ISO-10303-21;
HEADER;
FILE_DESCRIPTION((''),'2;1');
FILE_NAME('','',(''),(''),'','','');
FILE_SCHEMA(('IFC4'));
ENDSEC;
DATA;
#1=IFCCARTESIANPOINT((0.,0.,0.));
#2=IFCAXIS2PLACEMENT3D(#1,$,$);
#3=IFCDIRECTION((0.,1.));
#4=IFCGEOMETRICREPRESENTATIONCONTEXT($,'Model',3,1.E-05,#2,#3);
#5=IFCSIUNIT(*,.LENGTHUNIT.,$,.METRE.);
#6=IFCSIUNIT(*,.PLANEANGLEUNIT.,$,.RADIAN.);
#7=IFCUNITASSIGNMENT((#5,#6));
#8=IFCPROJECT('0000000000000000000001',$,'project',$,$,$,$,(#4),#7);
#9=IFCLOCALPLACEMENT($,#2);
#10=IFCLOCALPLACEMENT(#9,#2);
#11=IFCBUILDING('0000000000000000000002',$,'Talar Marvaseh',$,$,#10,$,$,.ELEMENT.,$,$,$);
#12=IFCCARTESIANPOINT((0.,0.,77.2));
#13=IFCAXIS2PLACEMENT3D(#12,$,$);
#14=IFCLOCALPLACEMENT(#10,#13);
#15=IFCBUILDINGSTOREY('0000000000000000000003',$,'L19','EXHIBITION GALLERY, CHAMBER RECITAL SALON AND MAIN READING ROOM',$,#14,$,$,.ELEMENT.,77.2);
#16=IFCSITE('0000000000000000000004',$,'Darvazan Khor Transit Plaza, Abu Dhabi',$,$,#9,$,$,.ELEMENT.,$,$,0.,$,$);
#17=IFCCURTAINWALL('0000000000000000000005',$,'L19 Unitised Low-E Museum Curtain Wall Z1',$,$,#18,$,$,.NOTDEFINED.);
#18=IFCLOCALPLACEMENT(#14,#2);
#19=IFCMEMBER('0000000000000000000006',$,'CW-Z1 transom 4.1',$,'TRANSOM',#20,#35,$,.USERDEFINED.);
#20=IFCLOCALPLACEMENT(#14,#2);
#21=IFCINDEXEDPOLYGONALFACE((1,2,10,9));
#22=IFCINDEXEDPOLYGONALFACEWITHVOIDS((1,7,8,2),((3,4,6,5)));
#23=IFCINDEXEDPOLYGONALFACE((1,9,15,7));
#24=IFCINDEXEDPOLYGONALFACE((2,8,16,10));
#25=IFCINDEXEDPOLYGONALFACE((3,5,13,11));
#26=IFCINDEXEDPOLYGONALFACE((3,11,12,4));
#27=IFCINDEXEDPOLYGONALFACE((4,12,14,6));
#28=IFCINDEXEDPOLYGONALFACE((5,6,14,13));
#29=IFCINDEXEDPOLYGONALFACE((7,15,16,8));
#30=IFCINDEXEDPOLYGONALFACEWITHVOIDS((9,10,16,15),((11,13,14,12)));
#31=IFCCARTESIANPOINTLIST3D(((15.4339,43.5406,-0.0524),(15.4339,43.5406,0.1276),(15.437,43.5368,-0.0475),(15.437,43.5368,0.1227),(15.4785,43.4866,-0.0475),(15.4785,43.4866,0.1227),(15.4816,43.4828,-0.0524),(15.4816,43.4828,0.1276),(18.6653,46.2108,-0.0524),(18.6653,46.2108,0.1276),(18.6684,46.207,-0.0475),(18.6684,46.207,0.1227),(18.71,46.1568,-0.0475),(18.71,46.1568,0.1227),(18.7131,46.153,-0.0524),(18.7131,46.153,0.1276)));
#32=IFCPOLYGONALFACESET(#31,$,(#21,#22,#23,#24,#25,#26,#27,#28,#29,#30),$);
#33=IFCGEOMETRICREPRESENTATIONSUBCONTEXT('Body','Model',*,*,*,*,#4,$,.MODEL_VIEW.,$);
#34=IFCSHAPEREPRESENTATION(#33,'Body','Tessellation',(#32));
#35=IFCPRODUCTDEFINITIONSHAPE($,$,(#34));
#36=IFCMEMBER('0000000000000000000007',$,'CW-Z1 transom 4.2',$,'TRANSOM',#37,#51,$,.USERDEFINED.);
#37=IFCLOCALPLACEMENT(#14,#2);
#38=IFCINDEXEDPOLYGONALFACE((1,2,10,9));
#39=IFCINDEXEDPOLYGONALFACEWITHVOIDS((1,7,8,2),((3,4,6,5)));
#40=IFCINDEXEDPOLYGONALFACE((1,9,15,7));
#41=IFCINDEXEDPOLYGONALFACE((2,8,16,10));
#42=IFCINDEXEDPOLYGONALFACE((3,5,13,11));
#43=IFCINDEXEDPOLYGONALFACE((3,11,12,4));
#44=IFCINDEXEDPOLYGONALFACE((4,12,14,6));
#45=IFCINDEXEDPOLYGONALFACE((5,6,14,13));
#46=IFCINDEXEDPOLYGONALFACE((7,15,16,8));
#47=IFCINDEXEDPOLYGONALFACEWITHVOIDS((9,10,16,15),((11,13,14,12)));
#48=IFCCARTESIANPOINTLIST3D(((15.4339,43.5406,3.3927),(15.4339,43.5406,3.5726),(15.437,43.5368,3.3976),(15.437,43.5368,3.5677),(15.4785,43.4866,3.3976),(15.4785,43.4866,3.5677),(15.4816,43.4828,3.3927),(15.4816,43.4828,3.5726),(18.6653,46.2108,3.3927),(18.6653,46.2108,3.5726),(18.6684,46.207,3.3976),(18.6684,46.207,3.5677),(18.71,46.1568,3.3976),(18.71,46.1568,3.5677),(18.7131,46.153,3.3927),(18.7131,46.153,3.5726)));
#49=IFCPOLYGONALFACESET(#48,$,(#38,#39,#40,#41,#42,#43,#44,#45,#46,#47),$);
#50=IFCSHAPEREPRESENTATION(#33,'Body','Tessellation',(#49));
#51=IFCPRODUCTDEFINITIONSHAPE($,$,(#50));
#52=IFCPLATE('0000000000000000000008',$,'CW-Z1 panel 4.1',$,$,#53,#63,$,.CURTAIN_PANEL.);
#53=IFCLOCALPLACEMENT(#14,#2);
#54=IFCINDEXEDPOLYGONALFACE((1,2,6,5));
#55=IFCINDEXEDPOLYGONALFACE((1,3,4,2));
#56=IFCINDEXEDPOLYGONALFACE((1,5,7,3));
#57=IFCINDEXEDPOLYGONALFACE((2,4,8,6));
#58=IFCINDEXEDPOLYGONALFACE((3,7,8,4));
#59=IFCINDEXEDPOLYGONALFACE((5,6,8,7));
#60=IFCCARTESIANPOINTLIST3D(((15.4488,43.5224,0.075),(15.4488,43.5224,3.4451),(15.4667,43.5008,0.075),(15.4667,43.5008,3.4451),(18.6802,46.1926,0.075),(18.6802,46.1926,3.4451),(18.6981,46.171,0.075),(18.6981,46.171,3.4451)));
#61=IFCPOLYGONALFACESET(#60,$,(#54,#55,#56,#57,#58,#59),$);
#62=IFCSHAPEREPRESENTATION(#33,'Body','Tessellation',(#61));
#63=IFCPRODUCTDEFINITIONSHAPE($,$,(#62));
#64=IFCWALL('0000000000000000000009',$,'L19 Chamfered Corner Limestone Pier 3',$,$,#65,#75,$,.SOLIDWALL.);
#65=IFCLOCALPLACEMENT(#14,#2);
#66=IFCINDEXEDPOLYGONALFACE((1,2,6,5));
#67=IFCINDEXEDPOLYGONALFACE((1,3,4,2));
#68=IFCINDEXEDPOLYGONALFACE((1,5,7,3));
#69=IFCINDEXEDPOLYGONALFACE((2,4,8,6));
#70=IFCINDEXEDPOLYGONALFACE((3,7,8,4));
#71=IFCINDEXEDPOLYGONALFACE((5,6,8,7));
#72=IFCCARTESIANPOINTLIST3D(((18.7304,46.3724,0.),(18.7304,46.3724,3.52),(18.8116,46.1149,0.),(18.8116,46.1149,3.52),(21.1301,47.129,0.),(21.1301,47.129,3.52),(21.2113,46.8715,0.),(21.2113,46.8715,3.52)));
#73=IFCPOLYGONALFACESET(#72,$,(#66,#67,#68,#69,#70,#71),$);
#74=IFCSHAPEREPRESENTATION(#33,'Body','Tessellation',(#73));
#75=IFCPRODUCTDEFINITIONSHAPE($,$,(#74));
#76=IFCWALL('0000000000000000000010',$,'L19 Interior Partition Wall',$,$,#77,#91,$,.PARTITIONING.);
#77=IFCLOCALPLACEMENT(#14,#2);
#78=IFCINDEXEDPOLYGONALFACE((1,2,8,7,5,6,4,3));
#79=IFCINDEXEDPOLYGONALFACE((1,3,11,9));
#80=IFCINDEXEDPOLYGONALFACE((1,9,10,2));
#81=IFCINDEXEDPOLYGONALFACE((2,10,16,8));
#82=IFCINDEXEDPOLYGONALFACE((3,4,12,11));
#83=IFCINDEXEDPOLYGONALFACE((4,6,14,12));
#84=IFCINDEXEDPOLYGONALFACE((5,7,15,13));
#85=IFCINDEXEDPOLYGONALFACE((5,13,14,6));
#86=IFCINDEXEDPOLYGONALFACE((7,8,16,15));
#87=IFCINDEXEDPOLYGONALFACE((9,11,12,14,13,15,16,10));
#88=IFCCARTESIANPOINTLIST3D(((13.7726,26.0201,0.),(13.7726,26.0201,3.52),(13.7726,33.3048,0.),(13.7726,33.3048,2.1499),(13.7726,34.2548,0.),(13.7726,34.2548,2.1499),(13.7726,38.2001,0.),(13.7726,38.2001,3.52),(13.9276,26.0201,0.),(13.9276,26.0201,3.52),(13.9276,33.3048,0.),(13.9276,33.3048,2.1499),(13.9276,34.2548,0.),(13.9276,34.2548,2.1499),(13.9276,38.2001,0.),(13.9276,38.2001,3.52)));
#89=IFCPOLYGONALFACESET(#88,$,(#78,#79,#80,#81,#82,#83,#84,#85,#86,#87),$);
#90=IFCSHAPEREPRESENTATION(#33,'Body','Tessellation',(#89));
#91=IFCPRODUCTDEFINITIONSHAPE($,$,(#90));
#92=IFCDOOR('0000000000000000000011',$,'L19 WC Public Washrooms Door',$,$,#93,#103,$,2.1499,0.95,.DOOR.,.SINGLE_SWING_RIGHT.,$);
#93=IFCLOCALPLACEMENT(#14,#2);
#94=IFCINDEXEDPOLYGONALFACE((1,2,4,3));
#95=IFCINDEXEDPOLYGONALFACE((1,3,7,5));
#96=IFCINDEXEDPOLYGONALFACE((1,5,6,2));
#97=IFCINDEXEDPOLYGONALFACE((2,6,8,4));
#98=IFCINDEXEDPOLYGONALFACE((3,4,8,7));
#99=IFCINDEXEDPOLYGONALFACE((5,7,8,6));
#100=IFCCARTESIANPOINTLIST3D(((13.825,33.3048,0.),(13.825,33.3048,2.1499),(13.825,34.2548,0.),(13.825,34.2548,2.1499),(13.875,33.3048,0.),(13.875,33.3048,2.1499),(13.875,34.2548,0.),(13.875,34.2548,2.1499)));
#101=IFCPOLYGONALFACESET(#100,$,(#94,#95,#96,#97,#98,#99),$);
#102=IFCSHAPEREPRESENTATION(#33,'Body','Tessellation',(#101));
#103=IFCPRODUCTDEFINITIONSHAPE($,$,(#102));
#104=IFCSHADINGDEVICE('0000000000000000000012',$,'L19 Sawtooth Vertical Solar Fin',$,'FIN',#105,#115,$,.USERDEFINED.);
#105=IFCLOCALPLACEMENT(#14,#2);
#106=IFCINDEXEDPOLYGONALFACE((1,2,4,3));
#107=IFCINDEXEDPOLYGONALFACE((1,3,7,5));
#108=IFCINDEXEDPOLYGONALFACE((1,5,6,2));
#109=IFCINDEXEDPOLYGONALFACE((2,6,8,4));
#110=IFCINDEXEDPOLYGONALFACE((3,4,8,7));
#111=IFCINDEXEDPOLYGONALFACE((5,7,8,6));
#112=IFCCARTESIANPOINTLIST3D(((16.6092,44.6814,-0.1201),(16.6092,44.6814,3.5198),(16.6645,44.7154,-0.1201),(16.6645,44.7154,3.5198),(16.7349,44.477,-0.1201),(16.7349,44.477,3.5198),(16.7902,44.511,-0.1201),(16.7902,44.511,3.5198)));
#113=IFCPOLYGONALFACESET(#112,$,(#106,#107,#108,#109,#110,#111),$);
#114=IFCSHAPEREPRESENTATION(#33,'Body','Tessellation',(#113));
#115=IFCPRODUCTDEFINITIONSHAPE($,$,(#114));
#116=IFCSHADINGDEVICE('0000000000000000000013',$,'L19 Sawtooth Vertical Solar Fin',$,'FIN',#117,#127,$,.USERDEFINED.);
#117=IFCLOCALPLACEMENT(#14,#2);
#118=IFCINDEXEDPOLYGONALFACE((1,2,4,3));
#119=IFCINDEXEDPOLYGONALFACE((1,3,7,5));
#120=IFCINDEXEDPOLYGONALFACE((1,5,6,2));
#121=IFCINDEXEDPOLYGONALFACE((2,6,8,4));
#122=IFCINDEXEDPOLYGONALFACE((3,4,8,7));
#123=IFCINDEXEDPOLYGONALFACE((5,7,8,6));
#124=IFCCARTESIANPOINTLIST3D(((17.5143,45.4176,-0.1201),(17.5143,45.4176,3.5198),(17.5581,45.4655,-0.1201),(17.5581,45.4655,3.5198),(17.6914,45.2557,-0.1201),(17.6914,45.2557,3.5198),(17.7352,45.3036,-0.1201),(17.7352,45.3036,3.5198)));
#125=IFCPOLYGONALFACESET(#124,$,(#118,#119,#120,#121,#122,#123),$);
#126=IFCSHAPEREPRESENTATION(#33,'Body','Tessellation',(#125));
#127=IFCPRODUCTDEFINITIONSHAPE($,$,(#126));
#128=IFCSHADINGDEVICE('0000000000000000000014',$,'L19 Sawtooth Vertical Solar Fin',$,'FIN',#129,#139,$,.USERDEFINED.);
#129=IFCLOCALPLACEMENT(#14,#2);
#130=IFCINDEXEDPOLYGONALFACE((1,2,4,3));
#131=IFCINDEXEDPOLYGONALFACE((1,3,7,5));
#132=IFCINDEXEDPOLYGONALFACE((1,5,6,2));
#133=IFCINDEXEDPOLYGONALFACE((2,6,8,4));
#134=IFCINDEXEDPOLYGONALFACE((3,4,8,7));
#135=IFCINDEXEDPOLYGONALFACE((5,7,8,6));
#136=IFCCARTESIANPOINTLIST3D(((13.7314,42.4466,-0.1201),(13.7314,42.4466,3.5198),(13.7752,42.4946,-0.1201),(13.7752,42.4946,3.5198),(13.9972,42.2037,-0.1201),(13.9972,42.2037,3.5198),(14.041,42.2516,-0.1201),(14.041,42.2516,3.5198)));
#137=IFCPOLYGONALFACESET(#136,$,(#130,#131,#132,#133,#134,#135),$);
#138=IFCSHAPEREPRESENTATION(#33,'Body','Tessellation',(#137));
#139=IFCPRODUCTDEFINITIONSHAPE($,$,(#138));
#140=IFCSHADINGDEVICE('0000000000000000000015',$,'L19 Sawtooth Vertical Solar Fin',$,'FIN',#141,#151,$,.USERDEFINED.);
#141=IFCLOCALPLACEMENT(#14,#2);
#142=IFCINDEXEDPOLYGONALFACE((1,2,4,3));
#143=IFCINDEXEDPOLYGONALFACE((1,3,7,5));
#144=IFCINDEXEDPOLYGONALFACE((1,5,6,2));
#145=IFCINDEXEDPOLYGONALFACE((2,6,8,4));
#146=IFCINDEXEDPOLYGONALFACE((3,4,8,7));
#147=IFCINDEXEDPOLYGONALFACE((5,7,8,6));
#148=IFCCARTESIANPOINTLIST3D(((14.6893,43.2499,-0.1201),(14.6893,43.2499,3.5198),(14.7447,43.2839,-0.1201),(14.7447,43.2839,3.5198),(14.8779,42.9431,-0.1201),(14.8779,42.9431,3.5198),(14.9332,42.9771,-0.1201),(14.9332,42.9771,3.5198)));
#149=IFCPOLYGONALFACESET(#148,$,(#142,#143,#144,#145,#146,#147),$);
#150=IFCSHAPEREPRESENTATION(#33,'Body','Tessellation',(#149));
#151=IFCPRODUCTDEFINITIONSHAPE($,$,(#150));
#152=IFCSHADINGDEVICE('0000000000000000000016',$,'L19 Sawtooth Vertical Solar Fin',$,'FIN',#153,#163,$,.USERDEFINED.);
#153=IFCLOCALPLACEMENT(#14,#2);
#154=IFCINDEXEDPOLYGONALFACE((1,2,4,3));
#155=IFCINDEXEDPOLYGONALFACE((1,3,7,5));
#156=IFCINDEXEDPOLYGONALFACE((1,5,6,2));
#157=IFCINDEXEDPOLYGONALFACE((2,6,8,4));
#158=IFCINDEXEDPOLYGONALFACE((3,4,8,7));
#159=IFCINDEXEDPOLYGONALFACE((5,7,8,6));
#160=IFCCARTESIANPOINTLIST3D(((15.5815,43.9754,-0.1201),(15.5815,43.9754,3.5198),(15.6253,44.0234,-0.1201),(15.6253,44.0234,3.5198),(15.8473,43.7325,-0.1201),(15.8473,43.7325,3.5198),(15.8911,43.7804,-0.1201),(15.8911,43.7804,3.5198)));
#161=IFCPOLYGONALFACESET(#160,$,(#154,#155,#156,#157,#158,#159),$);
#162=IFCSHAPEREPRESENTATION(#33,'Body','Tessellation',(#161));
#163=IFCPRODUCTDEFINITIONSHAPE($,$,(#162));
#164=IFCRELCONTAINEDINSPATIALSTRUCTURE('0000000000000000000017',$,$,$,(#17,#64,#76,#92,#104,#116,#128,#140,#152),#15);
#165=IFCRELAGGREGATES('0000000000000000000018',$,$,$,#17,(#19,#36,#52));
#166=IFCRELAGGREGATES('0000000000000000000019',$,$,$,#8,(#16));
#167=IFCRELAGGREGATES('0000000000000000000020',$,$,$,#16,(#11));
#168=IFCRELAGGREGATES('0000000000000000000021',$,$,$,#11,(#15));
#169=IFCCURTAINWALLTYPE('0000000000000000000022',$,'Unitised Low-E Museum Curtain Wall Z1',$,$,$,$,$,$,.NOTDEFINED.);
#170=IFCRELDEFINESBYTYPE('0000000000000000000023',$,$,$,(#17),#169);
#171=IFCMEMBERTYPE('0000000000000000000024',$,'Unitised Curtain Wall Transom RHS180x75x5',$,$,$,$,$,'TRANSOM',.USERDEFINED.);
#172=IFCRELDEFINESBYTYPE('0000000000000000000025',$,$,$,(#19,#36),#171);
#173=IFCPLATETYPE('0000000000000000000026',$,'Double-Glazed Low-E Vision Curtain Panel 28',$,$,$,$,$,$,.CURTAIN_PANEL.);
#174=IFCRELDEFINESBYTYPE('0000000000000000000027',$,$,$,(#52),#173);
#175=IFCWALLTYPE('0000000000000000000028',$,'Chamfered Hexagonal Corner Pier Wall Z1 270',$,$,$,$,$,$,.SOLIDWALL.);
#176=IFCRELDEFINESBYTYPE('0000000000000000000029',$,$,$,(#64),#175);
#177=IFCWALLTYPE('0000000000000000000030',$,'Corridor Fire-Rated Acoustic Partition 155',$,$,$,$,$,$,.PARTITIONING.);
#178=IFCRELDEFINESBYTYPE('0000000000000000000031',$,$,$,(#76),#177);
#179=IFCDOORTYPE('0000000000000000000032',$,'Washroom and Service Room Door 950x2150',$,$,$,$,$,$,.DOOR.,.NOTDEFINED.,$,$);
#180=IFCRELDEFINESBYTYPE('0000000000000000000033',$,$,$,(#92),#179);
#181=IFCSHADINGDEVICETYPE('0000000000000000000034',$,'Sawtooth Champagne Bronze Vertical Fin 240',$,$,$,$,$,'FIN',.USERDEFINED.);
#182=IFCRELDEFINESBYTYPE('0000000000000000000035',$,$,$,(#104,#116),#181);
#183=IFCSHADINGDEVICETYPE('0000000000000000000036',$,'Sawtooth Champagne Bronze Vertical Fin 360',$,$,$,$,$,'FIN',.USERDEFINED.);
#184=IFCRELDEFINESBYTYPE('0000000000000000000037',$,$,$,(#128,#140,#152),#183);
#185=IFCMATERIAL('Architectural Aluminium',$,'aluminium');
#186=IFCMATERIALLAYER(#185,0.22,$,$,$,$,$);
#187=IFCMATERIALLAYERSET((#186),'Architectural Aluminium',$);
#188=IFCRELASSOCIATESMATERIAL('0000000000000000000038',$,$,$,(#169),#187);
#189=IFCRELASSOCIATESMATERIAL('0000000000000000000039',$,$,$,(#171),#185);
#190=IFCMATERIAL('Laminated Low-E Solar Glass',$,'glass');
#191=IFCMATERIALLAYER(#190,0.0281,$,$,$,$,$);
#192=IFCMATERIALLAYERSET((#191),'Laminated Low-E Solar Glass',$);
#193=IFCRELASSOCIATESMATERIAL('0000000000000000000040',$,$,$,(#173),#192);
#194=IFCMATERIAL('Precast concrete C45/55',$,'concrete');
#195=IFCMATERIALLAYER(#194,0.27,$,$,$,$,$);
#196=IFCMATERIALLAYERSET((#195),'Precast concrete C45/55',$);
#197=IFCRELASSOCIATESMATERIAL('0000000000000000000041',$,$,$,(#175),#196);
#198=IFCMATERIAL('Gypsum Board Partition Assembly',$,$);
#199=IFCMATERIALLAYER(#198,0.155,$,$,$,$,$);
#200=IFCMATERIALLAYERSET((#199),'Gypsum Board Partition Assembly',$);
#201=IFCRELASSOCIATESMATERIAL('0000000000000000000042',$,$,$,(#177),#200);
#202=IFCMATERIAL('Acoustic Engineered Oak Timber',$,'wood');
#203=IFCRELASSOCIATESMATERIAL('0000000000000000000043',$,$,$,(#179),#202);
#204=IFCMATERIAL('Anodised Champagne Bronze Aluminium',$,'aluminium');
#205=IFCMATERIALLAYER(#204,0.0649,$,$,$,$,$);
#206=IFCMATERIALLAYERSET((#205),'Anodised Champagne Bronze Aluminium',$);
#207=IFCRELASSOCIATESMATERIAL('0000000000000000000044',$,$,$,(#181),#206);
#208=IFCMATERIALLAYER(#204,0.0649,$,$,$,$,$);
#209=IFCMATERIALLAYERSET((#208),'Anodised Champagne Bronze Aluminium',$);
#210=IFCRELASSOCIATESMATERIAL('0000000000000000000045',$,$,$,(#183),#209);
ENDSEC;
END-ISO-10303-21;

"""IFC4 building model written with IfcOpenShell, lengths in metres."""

from ifc_helpers import new_model, si_unit, direction, frame, frame_2d, origin, origin_2d, place, context, subcontext, project, spatial, rectangle, hollow_rectangle, extrude, source, transform, mapped, material, layer, layer_set, material_profile, profile_set, type_object, type_shapes, element, fill, aggregate, save


model = new_model("IFC4")

# Units and contexts
model_context = context("Model", 3, precision=1e-05, world=origin(), true_north=direction((0.0, 1.0)))
body_context = subcontext(model_context, "Body", "Model", "MODEL_VIEW")
ifc_project = project(units=[si_unit("LENGTHUNIT", "METRE"), si_unit("PLANEANGLEUNIT", "RADIAN")], contexts=[model_context])

# Site, building, storey
site_placement = place(None, origin())
site = spatial("IfcSite", under=ifc_project, at=site_placement, Name="Darvazan Khor Transit Plaza, Abu Dhabi", CompositionType="ELEMENT", RefElevation=0.0)
building_placement = place(site_placement, origin())
building = spatial("IfcBuilding", under=site, at=building_placement, Name="Talar Marvaseh", CompositionType="ELEMENT")
storey_placement = place(building_placement, frame((0.0, 0.0, 77.2)))
storey = spatial("IfcBuildingStorey", under=building, at=storey_placement, Name="L19", Description="EXHIBITION GALLERY, CHAMBER RECITAL SALON AND MAIN READING ROOM", CompositionType="ELEMENT", Elevation=77.2)

# Curtain wall, members, plate
ifc_material_1 = material(Name="Architectural Aluminium", Category="aluminium")
ifc_layer_1 = layer(ifc_material_1, 0.22)
ifc_layer_set_1 = layer_set([ifc_layer_1], Name="Architectural Aluminium")
curtain_wall_type = type_object("IfcCurtainWallType", Name="Unitised Low-E Museum Curtain Wall Z1", PredefinedType="NOTDEFINED", material=ifc_layer_set_1)
curtain_wall_placement = place(storey_placement, origin())
curtain_wall = element("IfcCurtainWall", 1, at=curtain_wall_placement, inside=storey, type_object=curtain_wall_type, Name="L19 Unitised Low-E Museum Curtain Wall Z1", PredefinedType="NOTDEFINED")
ifc_material_profile_1 = material_profile(ifc_material_1, hollow_rectangle(XDim=0.075, YDim=0.1799, WallThickness=0.0049, at=origin_2d()), Name="RHS180x75x5")
ifc_profile_set_1 = profile_set([ifc_material_profile_1], Name="Architectural Aluminium")
member_type_1 = type_object("IfcMemberType", Name="Unitised Curtain Wall Transom RHS180x75x5", ElementType="TRANSOM", PredefinedType="USERDEFINED", material=ifc_profile_set_1)
shared_shape_1 = source(origin(), body_context, "Body", "SweptSolid", [
    extrude(hollow_rectangle(XDim=0.075, YDim=0.1799, WallThickness=0.0049, at=origin_2d()), origin(), (0.0, 0.0, 1.0), 4.1919),
])
type_shapes(member_type_1, [shared_shape_1])
member_1_placement = place(storey_placement, frame((15.4578, 43.5117, 0.0376), z_axis=(0.770878, 0.636982, 0.0), x_axis=(-0.636982, 0.770878, 0.0)))
member_1 = element("IfcMember", 2, at=member_1_placement, type_object=member_type_1, Name="CW-Z1 transom 4.1", ObjectType="TRANSOM", PredefinedType="USERDEFINED", context=body_context, shape_type="MappedRepresentation", body=[
    mapped(shared_shape_1, transform((0.0, 0.0, 0.0), x_axis=(1.0, 0.0, 0.0), y_axis=(0.0, 1.0, 0.0), z_axis=(0.0, 0.0, 1.0), scale=1.0)),
])
member_2_placement = place(storey_placement, frame((15.4578, 43.5117, 3.4827), z_axis=(0.770878, 0.636982, 0.0), x_axis=(-0.636982, 0.770878, 0.0)))
member_2 = element("IfcMember", 3, at=member_2_placement, type_object=member_type_1, Name="CW-Z1 transom 4.2", ObjectType="TRANSOM", PredefinedType="USERDEFINED", context=body_context, shape_type="MappedRepresentation", body=[
    mapped(shared_shape_1, transform((0.0, 0.0, 0.0), x_axis=(1.0, 0.0, 0.0), y_axis=(0.0, 1.0, 0.0), z_axis=(0.0, 0.0, 1.0), scale=1.0)),
])
ifc_material_2 = material(Name="Laminated Low-E Solar Glass", Category="glass")
ifc_layer_2 = layer(ifc_material_2, 0.0281)
ifc_layer_set_2 = layer_set([ifc_layer_2], Name="Laminated Low-E Solar Glass")
plate_type = type_object("IfcPlateType", Name="Double-Glazed Low-E Vision Curtain Panel 28", PredefinedType="CURTAIN_PANEL", material=ifc_layer_set_2)
shared_shape_2 = source(origin(), body_context, "Body", "SweptSolid", [
    extrude(rectangle(XDim=4.1919, YDim=0.0281, at=origin_2d()), origin(), (0.0, 0.0, 1.0), 3.3701),
])
type_shapes(plate_type, [shared_shape_2])
plate_placement = place(storey_placement, frame((17.0735, 44.8467, 0.075), z_axis=(0.0, 0.0, 1.0), x_axis=(0.770868, 0.636994, 0.0)))
plate = element("IfcPlate", 4, at=plate_placement, type_object=plate_type, Name="CW-Z1 panel 4.1", PredefinedType="CURTAIN_PANEL", context=body_context, shape_type="MappedRepresentation", body=[
    mapped(shared_shape_2, transform((0.0, 0.0, 0.0), x_axis=(1.0, 0.0, 0.0), y_axis=(0.0, 1.0, 0.0), z_axis=(0.0, 0.0, 1.0), scale=1.0)),
])
aggregate(curtain_wall, [member_1, member_2, plate])

# Wall
ifc_material_3 = material(Name="Precast concrete C45/55", Category="concrete")
ifc_layer_3 = layer(ifc_material_3, 0.27)
ifc_layer_set_3 = layer_set([ifc_layer_3], Name="Precast concrete C45/55")
wall_type_1 = type_object("IfcWallType", Name="Chamfered Hexagonal Corner Pier Wall Z1 270", PredefinedType="SOLIDWALL", material=ifc_layer_set_3)
wall_1_placement = place(storey_placement, frame((18.771, 46.2437, 0.0), z_axis=(0.0, 0.0, 1.0), x_axis=(0.953719, 0.300699, 0.0)))
element("IfcWall", 5, at=wall_1_placement, inside=storey, type_object=wall_type_1, Name="L19 Chamfered Corner Limestone Pier 3", PredefinedType="SOLIDWALL", context=body_context, shape_type="SweptSolid", body=[
    extrude(rectangle(XDim=2.5161, YDim=0.27, at=frame_2d((1.2581, 0.0))), origin(), (0.0, 0.0, 1.0), 3.52),
])

# Wall, opening, door
ifc_material_4 = material(Name="Gypsum Board Partition Assembly")
ifc_layer_4 = layer(ifc_material_4, 0.155)
ifc_layer_set_4 = layer_set([ifc_layer_4], Name="Gypsum Board Partition Assembly")
wall_type_2 = type_object("IfcWallType", Name="Corridor Fire-Rated Acoustic Partition 155", PredefinedType="PARTITIONING", material=ifc_layer_set_4)
wall_2_placement = place(storey_placement, frame((13.8501, 38.2, 0.0), z_axis=(0.0, 0.0, 1.0), x_axis=(0.0, -1.0, 0.0)))
wall_2 = element("IfcWall", 6, at=wall_2_placement, inside=storey, type_object=wall_type_2, Name="L19 Interior Partition Wall", PredefinedType="PARTITIONING", context=body_context, shape_type="SweptSolid", body=[
    extrude(rectangle(XDim=12.1799, YDim=0.155, at=frame_2d((6.0898, 0.0))), origin(), (0.0, 0.0, 1.0), 3.52),
])
opening_placement = place(wall_2_placement, frame((3.9451, 0.0, 0.0)))
opening = element("IfcOpeningElement", 7, at=opening_placement, cuts=wall_2, PredefinedType="OPENING", context=body_context, shape_type="SweptSolid", body=[
    extrude(rectangle(XDim=0.95, YDim=2.1499, at=frame_2d((0.4751, 1.075))), frame((0.0, 0.0874, 0.0), z_axis=(0.0, -1.0, 0.0), x_axis=(1.0, 0.0, 0.0)), (0.0, 0.0, 1.0), 0.175),
])
ifc_material_5 = material(Name="Acoustic Engineered Oak Timber", Category="wood")
door_type = type_object("IfcDoorType", Name="Washroom and Service Room Door 950x2150", OperationType="NOTDEFINED", PredefinedType="DOOR", material=ifc_material_5)
shared_shape_3 = source(origin(), body_context, "Body", "SweptSolid", [
    extrude(rectangle(XDim=0.95, YDim=2.1499, at=frame_2d((0.4751, 1.075))), frame((0.0, 0.0249, 0.0), z_axis=(0.0, -1.0, 0.0), x_axis=(1.0, 0.0, 0.0)), (0.0, 0.0, 1.0), 0.05),
])
type_shapes(door_type, [shared_shape_3])
door_placement = place(opening_placement, origin())
door = element("IfcDoor", 8, at=door_placement, inside=storey, type_object=door_type, Name="L19 WC Public Washrooms Door", OperationType="SINGLE_SWING_RIGHT", OverallHeight=2.1499, OverallWidth=0.95, PredefinedType="DOOR", context=body_context, shape_type="MappedRepresentation", body=[
    mapped(shared_shape_3, transform((0.0, 0.0, 0.0), x_axis=(1.0, 0.0, 0.0), y_axis=(0.0, 1.0, 0.0), z_axis=(0.0, 0.0, 1.0), scale=1.0)),
])
fill(opening, door)

# Shading devices
ifc_material_6 = material(Name="Anodised Champagne Bronze Aluminium", Category="aluminium")
ifc_layer_5 = layer(ifc_material_6, 0.0649)
ifc_layer_set_5 = layer_set([ifc_layer_5], Name="Anodised Champagne Bronze Aluminium")
shading_device_type_1 = type_object("IfcShadingDeviceType", Name="Sawtooth Champagne Bronze Vertical Fin 240", ElementType="FIN", PredefinedType="USERDEFINED", material=ifc_layer_set_5)
shared_shape_4 = source(origin(), body_context, "Body", "SweptSolid", [
    extrude(rectangle(XDim=0.24, YDim=0.0649, at=origin_2d()), origin(), (0.0, 0.0, 1.0), 3.6399),
])
type_shapes(shading_device_type_1, [shared_shape_4])
for number, where, z_axis, x_axis, name in (
    (9, (16.6997, 44.5962, -0.1201), (0.0, 0.0, 1.0), (-0.52354, 0.852001, 0.0), "L19 Sawtooth Vertical Solar Fin"),
    (10, (17.6248, 45.3606, -0.1201), (0.0, 0.0, 1.0), (-0.738102, 0.674689, 0.0), "L19 Sawtooth Vertical Solar Fin"),
):
    element("IfcShadingDevice", number, at=place(storey_placement, frame(where, z_axis=z_axis, x_axis=x_axis)), inside=storey, type_object=shading_device_type_1, Name=name, ObjectType="FIN", PredefinedType="USERDEFINED", context=body_context, shape_type="MappedRepresentation", body=[
        mapped(shared_shape_4, transform((0.0, 0.0, 0.0), x_axis=(1.0, 0.0, 0.0), y_axis=(0.0, 1.0, 0.0), z_axis=(0.0, 0.0, 1.0), scale=1.0)),
    ])
ifc_layer_6 = layer(ifc_material_6, 0.0649)
ifc_layer_set_6 = layer_set([ifc_layer_6], Name="Anodised Champagne Bronze Aluminium")
shading_device_type_2 = type_object("IfcShadingDeviceType", Name="Sawtooth Champagne Bronze Vertical Fin 360", ElementType="FIN", PredefinedType="USERDEFINED", material=ifc_layer_set_6)
shared_shape_5 = source(origin(), body_context, "Body", "SweptSolid", [
    extrude(rectangle(XDim=0.3601, YDim=0.0649, at=origin_2d()), origin(), (0.0, 0.0, 1.0), 3.6399),
])
type_shapes(shading_device_type_2, [shared_shape_5])
for number, where, z_axis, x_axis, name in (
    (11, (13.8862, 42.3491, -0.1201), (0.0, 0.0, 1.0), (-0.738102, 0.674689, 0.0), "L19 Sawtooth Vertical Solar Fin"),
    (12, (14.8113, 43.1135, -0.1201), (0.0, 0.0, 1.0), (-0.52354, 0.852001, 0.0), "L19 Sawtooth Vertical Solar Fin"),
    (13, (15.7363, 43.8779, -0.1201), (0.0, 0.0, 1.0), (-0.738102, 0.674689, 0.0), "L19 Sawtooth Vertical Solar Fin"),
):
    element("IfcShadingDevice", number, at=place(storey_placement, frame(where, z_axis=z_axis, x_axis=x_axis)), inside=storey, type_object=shading_device_type_2, Name=name, ObjectType="FIN", PredefinedType="USERDEFINED", context=body_context, shape_type="MappedRepresentation", body=[
        mapped(shared_shape_5, transform((0.0, 0.0, 0.0), x_axis=(1.0, 0.0, 0.0), y_axis=(0.0, 1.0, 0.0), z_axis=(0.0, 0.0, 1.0), scale=1.0)),
    ])

save(model, "model.ifc")
